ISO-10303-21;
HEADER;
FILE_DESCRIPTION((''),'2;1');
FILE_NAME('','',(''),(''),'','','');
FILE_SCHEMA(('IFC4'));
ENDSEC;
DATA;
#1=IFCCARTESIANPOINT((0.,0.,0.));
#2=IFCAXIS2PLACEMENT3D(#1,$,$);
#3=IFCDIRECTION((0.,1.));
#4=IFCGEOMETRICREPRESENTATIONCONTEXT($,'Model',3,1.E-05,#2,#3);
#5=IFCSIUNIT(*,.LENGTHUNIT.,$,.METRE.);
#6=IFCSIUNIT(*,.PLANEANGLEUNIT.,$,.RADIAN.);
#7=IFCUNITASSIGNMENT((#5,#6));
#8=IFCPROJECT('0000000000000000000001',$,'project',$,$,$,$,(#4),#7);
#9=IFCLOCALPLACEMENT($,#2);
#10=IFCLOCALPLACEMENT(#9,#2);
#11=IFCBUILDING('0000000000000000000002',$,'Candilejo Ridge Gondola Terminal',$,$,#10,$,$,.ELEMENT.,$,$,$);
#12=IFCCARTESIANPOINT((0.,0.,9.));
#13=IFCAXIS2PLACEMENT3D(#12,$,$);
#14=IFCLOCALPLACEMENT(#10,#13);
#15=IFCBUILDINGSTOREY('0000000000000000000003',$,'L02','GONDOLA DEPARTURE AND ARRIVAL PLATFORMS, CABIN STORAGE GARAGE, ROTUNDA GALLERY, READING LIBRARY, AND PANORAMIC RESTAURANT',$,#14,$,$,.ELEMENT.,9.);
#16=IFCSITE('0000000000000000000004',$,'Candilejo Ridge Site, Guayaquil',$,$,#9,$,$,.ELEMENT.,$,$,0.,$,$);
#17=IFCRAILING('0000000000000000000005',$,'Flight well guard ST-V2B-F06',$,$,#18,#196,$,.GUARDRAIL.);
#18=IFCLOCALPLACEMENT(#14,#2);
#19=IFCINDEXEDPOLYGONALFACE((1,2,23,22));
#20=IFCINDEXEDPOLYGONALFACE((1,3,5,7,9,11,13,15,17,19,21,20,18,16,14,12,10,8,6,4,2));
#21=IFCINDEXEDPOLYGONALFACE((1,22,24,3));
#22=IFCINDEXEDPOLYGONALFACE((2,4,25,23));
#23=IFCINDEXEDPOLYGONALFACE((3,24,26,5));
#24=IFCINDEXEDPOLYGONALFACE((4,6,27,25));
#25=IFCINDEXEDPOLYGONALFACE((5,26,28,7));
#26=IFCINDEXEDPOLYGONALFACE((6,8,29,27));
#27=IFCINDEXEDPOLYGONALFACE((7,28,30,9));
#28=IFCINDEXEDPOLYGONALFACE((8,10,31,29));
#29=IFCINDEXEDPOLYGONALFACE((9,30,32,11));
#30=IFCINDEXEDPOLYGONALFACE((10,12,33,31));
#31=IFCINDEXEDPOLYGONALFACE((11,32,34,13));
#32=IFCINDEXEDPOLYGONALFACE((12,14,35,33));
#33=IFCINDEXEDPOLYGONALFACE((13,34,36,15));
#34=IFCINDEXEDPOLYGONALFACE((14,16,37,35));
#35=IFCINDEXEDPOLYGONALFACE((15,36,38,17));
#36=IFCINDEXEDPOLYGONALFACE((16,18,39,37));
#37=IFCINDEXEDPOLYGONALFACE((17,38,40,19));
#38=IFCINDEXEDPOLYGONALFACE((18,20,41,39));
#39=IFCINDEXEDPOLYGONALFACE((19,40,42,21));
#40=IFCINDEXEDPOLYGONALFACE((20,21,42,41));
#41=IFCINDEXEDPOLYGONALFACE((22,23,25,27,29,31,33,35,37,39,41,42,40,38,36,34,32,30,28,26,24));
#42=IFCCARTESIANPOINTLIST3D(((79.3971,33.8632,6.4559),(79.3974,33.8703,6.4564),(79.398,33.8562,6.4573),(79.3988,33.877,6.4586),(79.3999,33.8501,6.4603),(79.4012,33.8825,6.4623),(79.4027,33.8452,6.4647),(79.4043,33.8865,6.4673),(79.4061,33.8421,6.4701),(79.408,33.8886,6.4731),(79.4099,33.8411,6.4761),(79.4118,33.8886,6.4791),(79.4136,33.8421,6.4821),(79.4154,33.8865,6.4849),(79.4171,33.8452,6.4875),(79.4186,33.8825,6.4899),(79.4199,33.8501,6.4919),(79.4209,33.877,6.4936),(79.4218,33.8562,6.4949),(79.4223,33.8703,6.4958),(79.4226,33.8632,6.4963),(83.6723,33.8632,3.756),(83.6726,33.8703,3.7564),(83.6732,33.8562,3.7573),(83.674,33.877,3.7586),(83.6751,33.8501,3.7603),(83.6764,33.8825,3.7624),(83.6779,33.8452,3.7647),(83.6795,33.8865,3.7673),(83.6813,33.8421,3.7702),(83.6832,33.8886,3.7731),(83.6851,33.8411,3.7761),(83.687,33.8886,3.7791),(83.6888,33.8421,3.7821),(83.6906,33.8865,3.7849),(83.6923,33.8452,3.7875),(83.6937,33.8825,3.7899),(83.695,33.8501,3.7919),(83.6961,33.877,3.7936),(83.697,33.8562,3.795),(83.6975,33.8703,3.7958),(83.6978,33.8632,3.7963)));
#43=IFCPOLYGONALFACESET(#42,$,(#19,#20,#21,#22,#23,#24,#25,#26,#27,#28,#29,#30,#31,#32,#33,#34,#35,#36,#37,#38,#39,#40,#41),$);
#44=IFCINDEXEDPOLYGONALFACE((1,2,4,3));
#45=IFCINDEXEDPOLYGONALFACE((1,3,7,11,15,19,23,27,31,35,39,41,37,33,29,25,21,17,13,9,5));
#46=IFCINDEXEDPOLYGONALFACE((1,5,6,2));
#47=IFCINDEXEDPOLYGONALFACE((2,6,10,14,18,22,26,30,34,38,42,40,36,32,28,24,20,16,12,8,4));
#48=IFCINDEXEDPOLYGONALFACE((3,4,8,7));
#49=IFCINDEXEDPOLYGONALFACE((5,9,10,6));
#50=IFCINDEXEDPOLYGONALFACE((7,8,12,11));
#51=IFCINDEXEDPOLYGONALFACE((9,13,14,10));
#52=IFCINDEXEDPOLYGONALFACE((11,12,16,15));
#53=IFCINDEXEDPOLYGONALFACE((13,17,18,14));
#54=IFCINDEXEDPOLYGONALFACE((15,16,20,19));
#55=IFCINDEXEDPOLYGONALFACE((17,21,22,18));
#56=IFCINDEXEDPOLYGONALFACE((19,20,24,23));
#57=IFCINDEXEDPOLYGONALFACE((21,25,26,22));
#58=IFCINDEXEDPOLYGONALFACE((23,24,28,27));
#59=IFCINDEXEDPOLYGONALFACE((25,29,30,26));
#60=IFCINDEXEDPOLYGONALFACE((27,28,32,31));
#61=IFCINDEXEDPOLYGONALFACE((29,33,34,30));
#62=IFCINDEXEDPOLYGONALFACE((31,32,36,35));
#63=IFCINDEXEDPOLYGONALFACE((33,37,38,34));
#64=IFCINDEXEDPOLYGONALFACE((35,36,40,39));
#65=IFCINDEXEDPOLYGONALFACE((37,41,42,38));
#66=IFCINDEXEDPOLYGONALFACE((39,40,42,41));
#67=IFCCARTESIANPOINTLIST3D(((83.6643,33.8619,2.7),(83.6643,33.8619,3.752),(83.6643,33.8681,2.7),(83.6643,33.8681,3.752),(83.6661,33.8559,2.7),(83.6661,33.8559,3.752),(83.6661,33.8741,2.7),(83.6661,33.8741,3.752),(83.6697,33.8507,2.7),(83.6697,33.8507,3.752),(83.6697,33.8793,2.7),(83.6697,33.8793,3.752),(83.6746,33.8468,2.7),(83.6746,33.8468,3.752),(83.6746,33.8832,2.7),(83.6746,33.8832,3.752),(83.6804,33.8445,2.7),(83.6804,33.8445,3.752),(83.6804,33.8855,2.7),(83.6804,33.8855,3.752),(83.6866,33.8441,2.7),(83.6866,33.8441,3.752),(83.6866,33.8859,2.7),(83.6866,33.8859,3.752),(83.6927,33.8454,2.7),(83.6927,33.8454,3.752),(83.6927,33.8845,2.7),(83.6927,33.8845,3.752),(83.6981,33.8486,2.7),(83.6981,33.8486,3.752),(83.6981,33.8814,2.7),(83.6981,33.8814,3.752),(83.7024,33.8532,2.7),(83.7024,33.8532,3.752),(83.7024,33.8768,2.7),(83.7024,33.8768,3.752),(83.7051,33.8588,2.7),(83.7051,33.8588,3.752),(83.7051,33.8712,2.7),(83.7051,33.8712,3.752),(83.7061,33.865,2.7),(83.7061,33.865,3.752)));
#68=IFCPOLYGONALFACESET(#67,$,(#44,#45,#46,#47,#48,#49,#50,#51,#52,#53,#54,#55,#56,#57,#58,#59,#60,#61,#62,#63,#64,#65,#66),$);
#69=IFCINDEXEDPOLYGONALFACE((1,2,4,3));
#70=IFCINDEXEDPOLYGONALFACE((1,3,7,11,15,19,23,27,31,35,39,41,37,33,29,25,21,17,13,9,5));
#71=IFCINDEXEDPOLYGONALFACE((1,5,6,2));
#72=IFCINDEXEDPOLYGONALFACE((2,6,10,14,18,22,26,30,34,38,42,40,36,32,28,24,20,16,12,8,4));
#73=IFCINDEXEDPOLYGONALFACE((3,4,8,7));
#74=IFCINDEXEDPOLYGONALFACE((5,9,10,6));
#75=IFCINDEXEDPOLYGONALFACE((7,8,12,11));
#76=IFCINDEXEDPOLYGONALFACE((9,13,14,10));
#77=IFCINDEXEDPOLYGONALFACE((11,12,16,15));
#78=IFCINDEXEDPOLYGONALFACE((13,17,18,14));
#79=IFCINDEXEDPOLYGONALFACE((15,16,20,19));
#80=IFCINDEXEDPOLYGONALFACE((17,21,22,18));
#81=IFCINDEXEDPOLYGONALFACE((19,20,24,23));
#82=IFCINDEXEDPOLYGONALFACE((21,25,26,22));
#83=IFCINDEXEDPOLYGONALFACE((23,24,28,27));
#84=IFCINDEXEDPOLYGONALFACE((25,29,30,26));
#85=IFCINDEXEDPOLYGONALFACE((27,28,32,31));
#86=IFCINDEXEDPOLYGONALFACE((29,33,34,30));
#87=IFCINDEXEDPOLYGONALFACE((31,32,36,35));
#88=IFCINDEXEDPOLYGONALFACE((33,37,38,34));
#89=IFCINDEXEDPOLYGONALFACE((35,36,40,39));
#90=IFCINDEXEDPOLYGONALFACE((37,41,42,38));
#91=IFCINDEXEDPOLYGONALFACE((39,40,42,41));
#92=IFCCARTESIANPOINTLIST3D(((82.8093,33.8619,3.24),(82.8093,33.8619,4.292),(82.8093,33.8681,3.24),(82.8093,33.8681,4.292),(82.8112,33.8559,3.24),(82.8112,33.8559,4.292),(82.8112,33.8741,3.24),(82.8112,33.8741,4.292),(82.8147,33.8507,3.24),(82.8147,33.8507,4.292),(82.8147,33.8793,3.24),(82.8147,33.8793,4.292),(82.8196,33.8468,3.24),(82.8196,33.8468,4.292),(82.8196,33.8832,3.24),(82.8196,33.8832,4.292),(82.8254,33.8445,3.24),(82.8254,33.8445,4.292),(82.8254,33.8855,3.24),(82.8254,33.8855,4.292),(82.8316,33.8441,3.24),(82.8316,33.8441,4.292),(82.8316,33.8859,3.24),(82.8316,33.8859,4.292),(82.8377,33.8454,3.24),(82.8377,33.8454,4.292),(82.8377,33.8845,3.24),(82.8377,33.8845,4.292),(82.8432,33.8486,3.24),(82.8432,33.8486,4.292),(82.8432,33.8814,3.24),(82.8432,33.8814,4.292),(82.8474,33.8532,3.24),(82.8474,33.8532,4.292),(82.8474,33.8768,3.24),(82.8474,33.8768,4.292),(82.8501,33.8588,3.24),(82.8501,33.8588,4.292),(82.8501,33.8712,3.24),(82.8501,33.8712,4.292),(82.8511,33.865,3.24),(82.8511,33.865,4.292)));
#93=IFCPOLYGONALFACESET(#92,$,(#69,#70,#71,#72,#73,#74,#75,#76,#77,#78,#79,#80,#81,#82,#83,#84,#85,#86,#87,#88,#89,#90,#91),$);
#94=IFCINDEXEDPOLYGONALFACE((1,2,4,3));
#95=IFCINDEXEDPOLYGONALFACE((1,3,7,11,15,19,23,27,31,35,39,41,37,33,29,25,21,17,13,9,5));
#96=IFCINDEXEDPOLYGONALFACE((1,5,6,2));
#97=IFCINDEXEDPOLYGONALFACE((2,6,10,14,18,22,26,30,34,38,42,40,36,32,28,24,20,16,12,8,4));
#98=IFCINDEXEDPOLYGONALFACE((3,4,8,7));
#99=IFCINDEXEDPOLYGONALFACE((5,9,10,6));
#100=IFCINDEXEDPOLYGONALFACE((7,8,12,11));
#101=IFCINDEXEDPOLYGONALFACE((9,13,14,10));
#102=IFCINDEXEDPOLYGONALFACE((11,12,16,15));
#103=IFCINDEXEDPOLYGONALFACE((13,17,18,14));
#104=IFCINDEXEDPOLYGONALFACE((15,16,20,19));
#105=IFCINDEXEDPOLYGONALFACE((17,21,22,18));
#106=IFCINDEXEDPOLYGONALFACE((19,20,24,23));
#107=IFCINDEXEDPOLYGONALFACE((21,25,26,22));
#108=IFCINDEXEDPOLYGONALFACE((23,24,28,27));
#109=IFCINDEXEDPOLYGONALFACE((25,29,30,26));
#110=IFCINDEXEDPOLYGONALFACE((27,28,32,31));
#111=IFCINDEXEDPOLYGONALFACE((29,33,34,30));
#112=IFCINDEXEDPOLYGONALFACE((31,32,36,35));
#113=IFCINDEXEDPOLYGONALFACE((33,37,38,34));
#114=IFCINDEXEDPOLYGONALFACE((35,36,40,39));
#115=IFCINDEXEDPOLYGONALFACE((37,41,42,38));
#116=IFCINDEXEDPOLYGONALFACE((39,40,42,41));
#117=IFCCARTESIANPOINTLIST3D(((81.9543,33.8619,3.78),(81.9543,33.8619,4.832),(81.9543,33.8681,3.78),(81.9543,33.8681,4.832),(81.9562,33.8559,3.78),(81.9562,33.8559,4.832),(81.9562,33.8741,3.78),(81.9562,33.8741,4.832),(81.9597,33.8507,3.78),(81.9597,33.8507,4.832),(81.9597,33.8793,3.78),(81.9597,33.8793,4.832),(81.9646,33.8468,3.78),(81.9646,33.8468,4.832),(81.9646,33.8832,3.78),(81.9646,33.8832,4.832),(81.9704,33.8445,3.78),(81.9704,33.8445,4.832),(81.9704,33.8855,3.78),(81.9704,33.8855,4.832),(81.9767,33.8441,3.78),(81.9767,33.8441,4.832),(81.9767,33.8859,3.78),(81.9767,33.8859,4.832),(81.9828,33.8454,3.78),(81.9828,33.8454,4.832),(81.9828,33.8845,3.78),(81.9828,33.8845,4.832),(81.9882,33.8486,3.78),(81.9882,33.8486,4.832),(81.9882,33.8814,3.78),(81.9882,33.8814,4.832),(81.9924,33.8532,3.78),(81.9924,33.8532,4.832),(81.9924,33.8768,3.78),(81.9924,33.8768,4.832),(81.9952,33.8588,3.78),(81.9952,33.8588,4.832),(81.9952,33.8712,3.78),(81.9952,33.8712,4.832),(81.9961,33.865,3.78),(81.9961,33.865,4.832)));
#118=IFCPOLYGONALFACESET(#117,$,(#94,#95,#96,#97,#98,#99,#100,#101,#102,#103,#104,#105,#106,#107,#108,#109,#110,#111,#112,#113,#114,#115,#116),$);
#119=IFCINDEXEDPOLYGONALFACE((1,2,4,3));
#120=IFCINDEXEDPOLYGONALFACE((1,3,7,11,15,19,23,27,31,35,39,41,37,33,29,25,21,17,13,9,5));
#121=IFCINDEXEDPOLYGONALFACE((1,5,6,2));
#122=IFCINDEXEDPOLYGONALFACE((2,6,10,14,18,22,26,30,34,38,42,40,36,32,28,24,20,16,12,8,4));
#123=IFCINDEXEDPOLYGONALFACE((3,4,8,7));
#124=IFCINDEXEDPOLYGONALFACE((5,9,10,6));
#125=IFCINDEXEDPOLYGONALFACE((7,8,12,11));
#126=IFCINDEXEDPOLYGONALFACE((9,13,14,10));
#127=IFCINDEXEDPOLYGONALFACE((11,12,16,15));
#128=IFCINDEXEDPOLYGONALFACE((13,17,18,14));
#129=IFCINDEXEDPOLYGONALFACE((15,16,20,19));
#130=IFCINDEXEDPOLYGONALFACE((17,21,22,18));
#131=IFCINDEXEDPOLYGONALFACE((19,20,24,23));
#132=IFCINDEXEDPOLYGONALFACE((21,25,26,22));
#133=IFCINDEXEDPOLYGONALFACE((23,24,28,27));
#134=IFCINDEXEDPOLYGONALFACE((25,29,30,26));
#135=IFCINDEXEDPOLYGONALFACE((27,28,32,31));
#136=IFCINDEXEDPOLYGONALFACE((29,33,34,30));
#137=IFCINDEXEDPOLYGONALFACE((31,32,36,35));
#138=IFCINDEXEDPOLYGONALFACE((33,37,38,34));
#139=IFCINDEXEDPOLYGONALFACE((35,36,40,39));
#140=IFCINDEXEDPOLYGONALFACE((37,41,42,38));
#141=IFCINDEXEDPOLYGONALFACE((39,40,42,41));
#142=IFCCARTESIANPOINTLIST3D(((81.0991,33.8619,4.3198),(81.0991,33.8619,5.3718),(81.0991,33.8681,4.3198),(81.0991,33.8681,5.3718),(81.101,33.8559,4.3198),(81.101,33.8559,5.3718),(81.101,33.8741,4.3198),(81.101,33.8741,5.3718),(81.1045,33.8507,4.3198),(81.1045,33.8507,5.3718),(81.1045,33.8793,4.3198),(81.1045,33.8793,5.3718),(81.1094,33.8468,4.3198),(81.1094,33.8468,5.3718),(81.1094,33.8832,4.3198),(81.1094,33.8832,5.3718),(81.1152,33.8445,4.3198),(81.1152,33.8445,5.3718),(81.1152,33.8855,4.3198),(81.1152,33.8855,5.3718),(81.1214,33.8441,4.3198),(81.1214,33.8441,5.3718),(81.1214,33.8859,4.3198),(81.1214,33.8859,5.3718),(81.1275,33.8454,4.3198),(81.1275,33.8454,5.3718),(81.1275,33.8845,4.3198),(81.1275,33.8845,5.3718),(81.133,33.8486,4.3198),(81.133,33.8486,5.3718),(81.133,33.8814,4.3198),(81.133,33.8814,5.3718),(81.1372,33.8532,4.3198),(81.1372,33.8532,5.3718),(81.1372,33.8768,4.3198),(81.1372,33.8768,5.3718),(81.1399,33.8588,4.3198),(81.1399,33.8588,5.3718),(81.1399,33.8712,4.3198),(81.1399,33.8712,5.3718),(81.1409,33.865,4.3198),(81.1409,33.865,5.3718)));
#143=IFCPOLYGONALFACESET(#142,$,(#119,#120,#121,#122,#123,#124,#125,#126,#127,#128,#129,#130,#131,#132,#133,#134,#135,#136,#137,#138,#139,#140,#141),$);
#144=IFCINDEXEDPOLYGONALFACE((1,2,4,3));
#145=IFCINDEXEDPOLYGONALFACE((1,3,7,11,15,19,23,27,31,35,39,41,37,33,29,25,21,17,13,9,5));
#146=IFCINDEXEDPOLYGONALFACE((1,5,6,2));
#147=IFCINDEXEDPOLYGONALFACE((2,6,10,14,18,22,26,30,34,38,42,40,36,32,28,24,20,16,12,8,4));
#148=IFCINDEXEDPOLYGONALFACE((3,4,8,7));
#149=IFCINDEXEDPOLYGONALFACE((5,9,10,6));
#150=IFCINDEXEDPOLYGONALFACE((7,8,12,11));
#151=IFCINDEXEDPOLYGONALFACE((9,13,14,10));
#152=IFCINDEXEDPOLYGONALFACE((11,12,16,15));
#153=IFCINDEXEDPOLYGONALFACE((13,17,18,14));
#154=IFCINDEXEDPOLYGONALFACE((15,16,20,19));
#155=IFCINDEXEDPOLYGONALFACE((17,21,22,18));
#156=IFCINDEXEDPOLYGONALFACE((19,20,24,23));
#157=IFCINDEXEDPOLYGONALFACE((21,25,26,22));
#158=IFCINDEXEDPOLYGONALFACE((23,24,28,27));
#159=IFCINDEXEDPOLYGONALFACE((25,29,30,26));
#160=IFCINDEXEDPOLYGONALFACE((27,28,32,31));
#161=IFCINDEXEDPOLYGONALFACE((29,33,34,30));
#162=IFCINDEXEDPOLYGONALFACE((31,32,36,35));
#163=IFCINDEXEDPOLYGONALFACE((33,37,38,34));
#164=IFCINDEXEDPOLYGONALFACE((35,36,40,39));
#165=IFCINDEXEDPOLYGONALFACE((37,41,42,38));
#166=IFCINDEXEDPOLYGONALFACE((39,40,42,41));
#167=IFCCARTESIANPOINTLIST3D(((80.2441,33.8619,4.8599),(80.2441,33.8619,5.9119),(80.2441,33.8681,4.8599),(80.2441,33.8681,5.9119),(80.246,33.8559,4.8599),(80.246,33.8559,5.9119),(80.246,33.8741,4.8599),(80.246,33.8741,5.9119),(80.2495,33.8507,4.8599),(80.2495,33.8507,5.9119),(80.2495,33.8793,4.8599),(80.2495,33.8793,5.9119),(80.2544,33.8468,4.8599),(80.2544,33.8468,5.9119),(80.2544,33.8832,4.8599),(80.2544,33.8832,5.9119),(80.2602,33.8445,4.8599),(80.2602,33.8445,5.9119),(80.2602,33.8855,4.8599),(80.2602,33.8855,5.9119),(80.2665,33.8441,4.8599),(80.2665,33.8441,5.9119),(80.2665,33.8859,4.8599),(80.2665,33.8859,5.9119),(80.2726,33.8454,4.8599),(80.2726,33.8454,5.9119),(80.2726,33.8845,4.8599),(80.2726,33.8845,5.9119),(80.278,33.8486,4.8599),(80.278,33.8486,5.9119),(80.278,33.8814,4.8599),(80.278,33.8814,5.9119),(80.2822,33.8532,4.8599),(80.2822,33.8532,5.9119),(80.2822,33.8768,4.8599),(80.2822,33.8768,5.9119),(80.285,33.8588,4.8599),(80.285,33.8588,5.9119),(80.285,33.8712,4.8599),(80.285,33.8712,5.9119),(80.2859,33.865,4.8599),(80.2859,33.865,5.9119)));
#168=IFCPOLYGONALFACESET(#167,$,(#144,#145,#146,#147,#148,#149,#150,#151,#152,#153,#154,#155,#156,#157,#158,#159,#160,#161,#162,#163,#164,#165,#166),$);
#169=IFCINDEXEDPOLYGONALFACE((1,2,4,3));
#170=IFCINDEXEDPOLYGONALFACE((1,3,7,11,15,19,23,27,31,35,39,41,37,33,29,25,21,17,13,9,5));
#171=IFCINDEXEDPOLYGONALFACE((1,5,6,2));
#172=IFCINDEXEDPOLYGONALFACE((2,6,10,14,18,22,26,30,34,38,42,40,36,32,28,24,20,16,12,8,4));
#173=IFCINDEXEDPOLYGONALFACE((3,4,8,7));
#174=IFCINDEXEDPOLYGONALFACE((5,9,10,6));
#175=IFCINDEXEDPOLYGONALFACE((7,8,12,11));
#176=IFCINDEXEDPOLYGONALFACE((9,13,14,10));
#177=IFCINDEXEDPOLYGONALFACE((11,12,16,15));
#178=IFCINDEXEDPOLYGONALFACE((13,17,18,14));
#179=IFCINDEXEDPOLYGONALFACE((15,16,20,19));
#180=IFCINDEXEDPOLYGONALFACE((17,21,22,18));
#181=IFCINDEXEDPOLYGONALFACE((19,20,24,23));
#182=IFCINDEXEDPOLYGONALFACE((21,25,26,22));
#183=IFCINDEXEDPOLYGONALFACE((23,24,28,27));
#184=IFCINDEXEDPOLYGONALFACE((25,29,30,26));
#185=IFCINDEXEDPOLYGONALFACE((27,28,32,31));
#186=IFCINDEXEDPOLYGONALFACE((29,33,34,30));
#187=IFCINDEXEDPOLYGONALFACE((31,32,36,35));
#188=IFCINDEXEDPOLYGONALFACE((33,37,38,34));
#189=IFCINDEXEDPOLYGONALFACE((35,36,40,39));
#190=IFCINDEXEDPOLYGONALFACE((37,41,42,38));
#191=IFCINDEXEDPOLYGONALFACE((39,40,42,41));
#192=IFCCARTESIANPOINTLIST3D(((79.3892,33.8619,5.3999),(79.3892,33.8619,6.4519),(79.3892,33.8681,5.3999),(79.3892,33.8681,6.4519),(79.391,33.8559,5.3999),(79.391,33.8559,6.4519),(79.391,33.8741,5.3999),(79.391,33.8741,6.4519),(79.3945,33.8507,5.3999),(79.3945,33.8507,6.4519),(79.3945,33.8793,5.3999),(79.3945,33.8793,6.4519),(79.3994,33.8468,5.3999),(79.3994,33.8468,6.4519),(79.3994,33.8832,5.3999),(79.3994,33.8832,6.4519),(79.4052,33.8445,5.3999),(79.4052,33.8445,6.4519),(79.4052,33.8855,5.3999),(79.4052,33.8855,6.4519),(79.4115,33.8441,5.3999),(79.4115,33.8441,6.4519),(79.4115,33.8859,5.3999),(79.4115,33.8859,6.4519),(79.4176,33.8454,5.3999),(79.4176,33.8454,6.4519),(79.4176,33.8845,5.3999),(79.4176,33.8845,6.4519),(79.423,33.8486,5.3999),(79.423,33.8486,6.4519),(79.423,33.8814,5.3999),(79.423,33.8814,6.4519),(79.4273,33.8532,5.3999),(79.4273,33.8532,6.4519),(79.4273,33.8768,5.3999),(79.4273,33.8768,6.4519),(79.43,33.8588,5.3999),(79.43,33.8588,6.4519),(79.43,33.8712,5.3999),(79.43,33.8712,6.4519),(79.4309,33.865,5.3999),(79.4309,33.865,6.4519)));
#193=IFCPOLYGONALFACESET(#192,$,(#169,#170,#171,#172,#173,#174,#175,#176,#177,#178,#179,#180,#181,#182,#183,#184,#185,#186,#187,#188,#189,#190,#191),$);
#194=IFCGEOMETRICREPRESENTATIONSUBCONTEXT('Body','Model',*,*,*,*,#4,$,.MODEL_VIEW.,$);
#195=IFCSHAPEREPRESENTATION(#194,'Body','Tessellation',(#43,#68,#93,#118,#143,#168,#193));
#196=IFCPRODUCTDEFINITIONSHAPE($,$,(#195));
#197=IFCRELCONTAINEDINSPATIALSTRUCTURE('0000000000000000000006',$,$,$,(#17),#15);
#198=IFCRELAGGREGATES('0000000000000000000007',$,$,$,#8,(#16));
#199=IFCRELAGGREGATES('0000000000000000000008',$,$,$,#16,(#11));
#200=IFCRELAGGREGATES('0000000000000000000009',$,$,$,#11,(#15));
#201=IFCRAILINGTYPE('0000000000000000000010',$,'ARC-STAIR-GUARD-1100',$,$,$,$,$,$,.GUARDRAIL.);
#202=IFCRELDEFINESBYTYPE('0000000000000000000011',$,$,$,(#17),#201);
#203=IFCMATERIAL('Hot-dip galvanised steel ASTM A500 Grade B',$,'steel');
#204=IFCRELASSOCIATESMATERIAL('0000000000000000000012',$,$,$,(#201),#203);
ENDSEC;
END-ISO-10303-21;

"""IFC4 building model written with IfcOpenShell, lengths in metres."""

from ifc_helpers import new_model, si_unit, direction, frame, origin, origin_2d, place, context, subcontext, project, spatial, circle, extrude, material, type_object, element, save


model = new_model("IFC4")

# Units and contexts
model_context = context("Model", 3, precision=1e-05, world=origin(), true_north=direction((0.0, 1.0)))
body_context = subcontext(model_context, "Body", "Model", "MODEL_VIEW")
ifc_project = project(units=[si_unit("LENGTHUNIT", "METRE"), si_unit("PLANEANGLEUNIT", "RADIAN")], contexts=[model_context])

# Site, building, storey
site_placement = place(None, origin())
site = spatial("IfcSite", under=ifc_project, at=site_placement, Name="Candilejo Ridge Site, Guayaquil", CompositionType="ELEMENT", RefElevation=0.0)
building_placement = place(site_placement, origin())
building = spatial("IfcBuilding", under=site, at=building_placement, Name="Candilejo Ridge Gondola Terminal", CompositionType="ELEMENT")
storey_placement = place(building_placement, frame((0.0, 0.0, 9.0)))
storey = spatial("IfcBuildingStorey", under=building, at=storey_placement, Name="L02", Description="GONDOLA DEPARTURE AND ARRIVAL PLATFORMS, CABIN STORAGE GARAGE, ROTUNDA GALLERY, READING LIBRARY, AND PANORAMIC RESTAURANT", CompositionType="ELEMENT", Elevation=9.0)

# Railing
ifc_material_1 = material(Name="Hot-dip galvanised steel ASTM A500 Grade B", Category="steel")
railing_type_1 = type_object("IfcRailingType", Name="ARC-STAIR-GUARD-1100", PredefinedType="GUARDRAIL", material=ifc_material_1)
railing_1_placement = place(storey_placement, frame((83.6851, 33.865, 2.7)))
element("IfcRailing", 1, at=railing_1_placement, inside=storey, type_object=railing_type_1, Name="Flight well guard ST-V2B-F06", PredefinedType="GUARDRAIL", context=body_context, shape_type="SweptSolid", body=[
    extrude(circle(Radius=0.0239, at=origin_2d()), frame((0.0, 0.0, 1.0762), z_axis=(-0.845502, 0.0, 0.533973), x_axis=(0.0, -1.0, 0.0)), (0.0, 0.0, 1.0), 5.0564),
    extrude(circle(Radius=0.021, at=origin_2d()), origin(), (0.0, 0.0, 1.0), 1.052),
    extrude(circle(Radius=0.021, at=origin_2d()), frame((-0.855, 0.0, 0.54)), (0.0, 0.0, 1.0), 1.052),
    extrude(circle(Radius=0.021, at=origin_2d()), frame((-1.71, 0.0, 1.0801)), (0.0, 0.0, 1.0), 1.052),
    extrude(circle(Radius=0.021, at=origin_2d()), frame((-2.5652, 0.0, 1.6199)), (0.0, 0.0, 1.0), 1.052),
    extrude(circle(Radius=0.021, at=origin_2d()), frame((-3.4202, 0.0, 2.1599)), (0.0, 0.0, 1.0), 1.052),
    extrude(circle(Radius=0.021, at=origin_2d()), frame((-4.2751, 0.0, 2.7)), (0.0, 0.0, 1.0), 1.052),
])

save(model, "model.ifc")
